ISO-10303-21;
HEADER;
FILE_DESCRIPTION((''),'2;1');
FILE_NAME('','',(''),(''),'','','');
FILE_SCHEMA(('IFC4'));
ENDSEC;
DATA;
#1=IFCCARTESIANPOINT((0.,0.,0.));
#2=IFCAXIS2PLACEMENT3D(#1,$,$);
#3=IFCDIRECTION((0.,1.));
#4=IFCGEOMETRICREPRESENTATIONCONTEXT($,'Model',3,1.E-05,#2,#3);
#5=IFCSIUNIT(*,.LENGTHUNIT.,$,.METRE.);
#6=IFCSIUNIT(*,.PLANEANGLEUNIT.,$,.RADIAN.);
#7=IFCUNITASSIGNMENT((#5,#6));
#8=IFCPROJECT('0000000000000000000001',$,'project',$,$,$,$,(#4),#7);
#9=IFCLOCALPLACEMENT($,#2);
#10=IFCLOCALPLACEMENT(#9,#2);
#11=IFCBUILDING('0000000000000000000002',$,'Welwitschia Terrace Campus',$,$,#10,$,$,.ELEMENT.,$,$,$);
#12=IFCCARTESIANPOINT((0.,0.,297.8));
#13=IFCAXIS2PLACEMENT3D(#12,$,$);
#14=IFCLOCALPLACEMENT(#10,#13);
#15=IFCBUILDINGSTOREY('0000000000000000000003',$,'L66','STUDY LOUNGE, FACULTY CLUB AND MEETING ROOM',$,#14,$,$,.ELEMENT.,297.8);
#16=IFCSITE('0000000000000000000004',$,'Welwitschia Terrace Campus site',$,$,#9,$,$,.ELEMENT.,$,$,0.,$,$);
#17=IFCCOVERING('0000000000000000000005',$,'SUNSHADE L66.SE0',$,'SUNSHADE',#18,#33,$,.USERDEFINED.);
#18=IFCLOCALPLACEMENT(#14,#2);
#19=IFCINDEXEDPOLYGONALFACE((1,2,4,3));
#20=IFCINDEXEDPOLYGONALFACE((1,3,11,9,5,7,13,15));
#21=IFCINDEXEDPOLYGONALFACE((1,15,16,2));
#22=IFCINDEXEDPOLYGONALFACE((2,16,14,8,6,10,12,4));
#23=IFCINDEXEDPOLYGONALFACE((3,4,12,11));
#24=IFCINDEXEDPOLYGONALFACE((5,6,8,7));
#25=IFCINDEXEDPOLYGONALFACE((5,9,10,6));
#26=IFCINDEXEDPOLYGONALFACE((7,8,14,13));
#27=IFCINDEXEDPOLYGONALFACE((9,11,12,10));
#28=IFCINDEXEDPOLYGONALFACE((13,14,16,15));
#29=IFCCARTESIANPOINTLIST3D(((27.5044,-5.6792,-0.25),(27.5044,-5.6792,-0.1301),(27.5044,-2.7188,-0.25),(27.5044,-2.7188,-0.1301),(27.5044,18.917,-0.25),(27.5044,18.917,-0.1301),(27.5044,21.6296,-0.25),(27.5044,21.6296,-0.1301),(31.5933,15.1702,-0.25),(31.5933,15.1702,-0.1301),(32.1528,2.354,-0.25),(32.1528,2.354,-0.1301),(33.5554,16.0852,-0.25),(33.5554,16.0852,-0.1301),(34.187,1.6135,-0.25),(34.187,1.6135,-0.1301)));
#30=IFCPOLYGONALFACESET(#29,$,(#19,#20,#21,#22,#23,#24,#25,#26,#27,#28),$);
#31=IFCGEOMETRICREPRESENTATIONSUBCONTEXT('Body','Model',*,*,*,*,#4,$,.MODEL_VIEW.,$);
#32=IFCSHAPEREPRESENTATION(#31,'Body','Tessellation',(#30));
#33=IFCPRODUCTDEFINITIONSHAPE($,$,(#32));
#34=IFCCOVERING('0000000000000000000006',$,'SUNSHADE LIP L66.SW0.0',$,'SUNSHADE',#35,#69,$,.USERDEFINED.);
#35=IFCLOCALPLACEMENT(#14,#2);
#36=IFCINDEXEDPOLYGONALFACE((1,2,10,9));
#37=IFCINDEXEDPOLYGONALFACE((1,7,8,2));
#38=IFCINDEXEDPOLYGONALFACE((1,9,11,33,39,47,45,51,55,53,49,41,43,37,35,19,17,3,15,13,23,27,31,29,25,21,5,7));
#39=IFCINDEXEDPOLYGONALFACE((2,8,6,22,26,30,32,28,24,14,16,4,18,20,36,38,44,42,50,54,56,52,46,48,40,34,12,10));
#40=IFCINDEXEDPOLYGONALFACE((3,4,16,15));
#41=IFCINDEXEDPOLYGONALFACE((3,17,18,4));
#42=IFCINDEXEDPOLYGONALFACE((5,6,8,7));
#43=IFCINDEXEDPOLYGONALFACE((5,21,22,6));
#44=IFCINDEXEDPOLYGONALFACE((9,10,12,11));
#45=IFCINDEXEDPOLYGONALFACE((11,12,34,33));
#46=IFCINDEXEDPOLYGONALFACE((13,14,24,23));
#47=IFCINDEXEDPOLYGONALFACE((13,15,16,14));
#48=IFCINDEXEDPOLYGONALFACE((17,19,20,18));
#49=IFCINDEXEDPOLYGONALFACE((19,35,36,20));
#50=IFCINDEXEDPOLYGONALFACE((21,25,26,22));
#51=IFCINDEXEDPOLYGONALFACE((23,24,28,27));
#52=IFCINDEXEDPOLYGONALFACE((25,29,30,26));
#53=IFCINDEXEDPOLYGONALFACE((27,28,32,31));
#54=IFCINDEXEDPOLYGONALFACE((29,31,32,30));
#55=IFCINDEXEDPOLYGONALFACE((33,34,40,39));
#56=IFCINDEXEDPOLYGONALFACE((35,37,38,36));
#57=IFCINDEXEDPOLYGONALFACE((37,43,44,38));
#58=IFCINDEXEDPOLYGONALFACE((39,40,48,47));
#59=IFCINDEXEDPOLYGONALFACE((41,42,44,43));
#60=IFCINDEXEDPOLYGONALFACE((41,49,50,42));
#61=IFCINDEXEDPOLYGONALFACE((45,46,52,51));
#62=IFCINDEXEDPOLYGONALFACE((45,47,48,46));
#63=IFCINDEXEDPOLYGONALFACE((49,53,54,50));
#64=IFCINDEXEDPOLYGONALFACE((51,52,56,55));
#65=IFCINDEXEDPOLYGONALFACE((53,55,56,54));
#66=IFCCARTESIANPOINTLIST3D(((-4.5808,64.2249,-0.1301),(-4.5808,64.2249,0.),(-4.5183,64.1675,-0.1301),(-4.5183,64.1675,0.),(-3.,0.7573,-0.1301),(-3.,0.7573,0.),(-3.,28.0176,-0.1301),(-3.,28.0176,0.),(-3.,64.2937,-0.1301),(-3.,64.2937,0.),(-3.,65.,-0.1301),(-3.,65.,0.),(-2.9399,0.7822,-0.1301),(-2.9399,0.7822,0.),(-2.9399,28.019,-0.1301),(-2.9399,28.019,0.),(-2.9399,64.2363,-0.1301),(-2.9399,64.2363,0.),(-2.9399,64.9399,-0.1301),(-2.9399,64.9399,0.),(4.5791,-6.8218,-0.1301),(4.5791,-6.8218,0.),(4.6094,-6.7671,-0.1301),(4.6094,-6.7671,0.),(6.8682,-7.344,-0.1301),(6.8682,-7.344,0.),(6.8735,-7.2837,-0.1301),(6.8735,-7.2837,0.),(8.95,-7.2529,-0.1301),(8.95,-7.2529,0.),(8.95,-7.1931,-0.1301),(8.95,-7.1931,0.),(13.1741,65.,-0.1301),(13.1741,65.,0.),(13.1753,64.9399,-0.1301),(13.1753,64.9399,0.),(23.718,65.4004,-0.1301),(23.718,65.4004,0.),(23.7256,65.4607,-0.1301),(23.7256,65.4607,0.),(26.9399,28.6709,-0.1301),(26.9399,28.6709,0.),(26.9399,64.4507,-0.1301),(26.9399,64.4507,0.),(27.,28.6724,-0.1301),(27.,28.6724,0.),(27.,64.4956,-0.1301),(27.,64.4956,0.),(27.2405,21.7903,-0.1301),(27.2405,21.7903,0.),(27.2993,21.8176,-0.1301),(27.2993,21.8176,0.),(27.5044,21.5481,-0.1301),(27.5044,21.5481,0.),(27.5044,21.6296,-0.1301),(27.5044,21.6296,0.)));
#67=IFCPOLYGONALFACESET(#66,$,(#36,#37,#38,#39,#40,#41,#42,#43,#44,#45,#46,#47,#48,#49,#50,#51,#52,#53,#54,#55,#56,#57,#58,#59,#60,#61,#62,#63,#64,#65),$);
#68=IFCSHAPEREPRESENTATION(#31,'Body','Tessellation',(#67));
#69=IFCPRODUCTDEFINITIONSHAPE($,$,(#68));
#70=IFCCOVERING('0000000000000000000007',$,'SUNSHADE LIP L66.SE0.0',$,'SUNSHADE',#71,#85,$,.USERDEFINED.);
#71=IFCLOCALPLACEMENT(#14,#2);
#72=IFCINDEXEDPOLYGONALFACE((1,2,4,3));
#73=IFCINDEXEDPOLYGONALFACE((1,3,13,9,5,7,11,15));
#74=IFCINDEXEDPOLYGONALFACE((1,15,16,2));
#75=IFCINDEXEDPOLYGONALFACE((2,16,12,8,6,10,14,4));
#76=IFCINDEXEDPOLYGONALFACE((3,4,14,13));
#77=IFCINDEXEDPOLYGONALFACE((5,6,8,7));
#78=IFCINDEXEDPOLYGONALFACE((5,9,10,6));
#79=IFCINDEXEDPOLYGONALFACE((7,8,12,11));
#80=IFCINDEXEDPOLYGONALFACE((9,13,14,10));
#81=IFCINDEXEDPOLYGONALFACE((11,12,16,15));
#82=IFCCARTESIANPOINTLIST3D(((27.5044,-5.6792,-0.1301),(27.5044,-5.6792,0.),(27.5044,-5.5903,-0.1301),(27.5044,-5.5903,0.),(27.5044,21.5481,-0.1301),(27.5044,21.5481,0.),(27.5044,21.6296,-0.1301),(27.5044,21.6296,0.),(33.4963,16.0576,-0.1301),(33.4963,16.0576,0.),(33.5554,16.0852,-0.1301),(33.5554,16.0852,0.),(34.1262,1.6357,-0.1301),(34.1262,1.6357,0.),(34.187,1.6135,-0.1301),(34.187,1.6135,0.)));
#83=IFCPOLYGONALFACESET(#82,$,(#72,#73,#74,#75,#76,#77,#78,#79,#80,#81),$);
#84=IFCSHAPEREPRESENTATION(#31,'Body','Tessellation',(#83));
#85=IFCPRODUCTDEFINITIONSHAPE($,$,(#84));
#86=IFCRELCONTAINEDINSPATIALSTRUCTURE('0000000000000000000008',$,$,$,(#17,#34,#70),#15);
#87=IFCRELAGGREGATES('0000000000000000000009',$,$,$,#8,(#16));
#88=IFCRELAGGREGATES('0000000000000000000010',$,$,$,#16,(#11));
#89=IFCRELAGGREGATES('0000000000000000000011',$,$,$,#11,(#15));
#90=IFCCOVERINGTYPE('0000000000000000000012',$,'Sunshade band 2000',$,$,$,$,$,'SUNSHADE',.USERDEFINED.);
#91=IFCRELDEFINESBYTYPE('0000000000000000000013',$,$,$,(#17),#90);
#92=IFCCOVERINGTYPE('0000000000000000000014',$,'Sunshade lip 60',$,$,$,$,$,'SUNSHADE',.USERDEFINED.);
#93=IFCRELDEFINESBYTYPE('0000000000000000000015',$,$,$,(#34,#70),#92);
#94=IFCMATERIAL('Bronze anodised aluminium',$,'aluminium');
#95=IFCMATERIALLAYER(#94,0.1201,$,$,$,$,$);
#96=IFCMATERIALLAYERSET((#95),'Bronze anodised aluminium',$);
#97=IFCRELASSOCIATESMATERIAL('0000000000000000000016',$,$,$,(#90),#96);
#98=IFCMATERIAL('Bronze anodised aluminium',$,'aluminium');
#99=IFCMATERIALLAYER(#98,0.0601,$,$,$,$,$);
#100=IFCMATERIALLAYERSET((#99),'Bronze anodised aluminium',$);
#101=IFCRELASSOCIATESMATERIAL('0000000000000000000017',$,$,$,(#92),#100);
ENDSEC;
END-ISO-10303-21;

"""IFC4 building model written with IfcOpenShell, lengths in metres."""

from ifc_helpers import new_model, si_unit, direction, frame, origin, place, context, subcontext, project, spatial, polyline, outline, extrude, material, layer, layer_set, type_object, element, save


model = new_model("IFC4")

# Units and contexts
model_context = context("Model", 3, precision=1e-05, world=origin(), true_north=direction((0.0, 1.0)))
body_context = subcontext(model_context, "Body", "Model", "MODEL_VIEW")
ifc_project = project(units=[si_unit("LENGTHUNIT", "METRE"), si_unit("PLANEANGLEUNIT", "RADIAN")], contexts=[model_context])

# Site, building, storey
site_placement = place(None, origin())
site = spatial("IfcSite", under=ifc_project, at=site_placement, Name="Welwitschia Terrace Campus site", CompositionType="ELEMENT", RefElevation=0.0)
building_placement = place(site_placement, origin())
building = spatial("IfcBuilding", under=site, at=building_placement, Name="Welwitschia Terrace Campus", CompositionType="ELEMENT")
storey_placement = place(building_placement, frame((0.0, 0.0, 297.8)))
storey = spatial("IfcBuildingStorey", under=building, at=storey_placement, Name="L66", Description="STUDY LOUNGE, FACULTY CLUB AND MEETING ROOM", CompositionType="ELEMENT", Elevation=297.8)

# Coverings
ifc_material_1 = material(Name="Bronze anodised aluminium", Category="aluminium")
ifc_layer_1 = layer(ifc_material_1, 0.1201)
ifc_layer_set_1 = layer_set([ifc_layer_1], Name="Bronze anodised aluminium")
covering_type_1 = type_object("IfcCoveringType", Name="Sunshade band 2000", ElementType="SUNSHADE", PredefinedType="USERDEFINED", material=ifc_layer_set_1)
covering_1_placement = place(storey_placement, frame((0.0, 0.0, -0.25)))
element("IfcCovering", 1, at=covering_1_placement, inside=storey, type_object=covering_type_1, Name="SUNSHADE L66.SE0", ObjectType="SUNSHADE", PredefinedType="USERDEFINED", context=body_context, shape_type="SweptSolid", body=[
    extrude(outline(polyline([(33.5554, 16.0852), (34.187, 1.6135), (27.5044, -5.6792), (27.5044, -2.7188), (32.1528, 2.354), (31.5933, 15.1702), (27.5044, 18.917), (27.5044, 21.6296), (33.5554, 16.0852)])), origin(), (0.0, 0.0, 1.0), 0.1199),
])
ifc_material_2 = material(Name="Bronze anodised aluminium", Category="aluminium")
ifc_layer_2 = layer(ifc_material_2, 0.0601)
ifc_layer_set_2 = layer_set([ifc_layer_2], Name="Bronze anodised aluminium")
covering_type_2 = type_object("IfcCoveringType", Name="Sunshade lip 60", ElementType="SUNSHADE", PredefinedType="USERDEFINED", material=ifc_layer_set_2)
covering_2_placement = place(storey_placement, frame((0.0, 0.0, -0.1301)))
element("IfcCovering", 2, at=covering_2_placement, inside=storey, type_object=covering_type_2, Name="SUNSHADE LIP L66.SW0.0", ObjectType="SUNSHADE", PredefinedType="USERDEFINED", context=body_context, shape_type="SweptSolid", body=[
    extrude(outline(polyline([(13.1741, 65.0), (23.7256, 65.4607), (27.0, 64.4956), (27.0, 28.6724), (27.2993, 21.8176), (27.5044, 21.6296), (27.5044, 21.5481), (27.2405, 21.7903), (26.9399, 28.6709), (26.9399, 64.4507), (23.718, 65.4004), (13.1753, 64.9399), (-2.9399, 64.9399), (-2.9399, 64.2363), (-4.5183, 64.1675), (-2.9399, 28.019), (-2.9399, 0.7822), (4.6094, -6.7671), (6.8735, -7.2837), (8.95, -7.1931), (8.95, -7.2529), (6.8682, -7.344), (4.5791, -6.8218), (-3.0, 0.7573), (-3.0, 28.0176), (-4.5808, 64.2249), (-3.0, 64.2937), (-3.0, 65.0), (13.1741, 65.0)])), origin(), (0.0, 0.0, 1.0), 0.1301),
])
covering_3_placement = place(storey_placement, frame((0.0, 0.0, -0.1301)))
element("IfcCovering", 3, at=covering_3_placement, inside=storey, type_object=covering_type_2, Name="SUNSHADE LIP L66.SE0.0", ObjectType="SUNSHADE", PredefinedType="USERDEFINED", context=body_context, shape_type="SweptSolid", body=[
    extrude(outline(polyline([(34.187, 1.6135), (27.5044, -5.6792), (27.5044, -5.5903), (34.1262, 1.6357), (33.4963, 16.0576), (27.5044, 21.5481), (27.5044, 21.6296), (33.5554, 16.0852), (34.187, 1.6135)])), origin(), (0.0, 0.0, 1.0), 0.1301),
])

save(model, "model.ifc")
